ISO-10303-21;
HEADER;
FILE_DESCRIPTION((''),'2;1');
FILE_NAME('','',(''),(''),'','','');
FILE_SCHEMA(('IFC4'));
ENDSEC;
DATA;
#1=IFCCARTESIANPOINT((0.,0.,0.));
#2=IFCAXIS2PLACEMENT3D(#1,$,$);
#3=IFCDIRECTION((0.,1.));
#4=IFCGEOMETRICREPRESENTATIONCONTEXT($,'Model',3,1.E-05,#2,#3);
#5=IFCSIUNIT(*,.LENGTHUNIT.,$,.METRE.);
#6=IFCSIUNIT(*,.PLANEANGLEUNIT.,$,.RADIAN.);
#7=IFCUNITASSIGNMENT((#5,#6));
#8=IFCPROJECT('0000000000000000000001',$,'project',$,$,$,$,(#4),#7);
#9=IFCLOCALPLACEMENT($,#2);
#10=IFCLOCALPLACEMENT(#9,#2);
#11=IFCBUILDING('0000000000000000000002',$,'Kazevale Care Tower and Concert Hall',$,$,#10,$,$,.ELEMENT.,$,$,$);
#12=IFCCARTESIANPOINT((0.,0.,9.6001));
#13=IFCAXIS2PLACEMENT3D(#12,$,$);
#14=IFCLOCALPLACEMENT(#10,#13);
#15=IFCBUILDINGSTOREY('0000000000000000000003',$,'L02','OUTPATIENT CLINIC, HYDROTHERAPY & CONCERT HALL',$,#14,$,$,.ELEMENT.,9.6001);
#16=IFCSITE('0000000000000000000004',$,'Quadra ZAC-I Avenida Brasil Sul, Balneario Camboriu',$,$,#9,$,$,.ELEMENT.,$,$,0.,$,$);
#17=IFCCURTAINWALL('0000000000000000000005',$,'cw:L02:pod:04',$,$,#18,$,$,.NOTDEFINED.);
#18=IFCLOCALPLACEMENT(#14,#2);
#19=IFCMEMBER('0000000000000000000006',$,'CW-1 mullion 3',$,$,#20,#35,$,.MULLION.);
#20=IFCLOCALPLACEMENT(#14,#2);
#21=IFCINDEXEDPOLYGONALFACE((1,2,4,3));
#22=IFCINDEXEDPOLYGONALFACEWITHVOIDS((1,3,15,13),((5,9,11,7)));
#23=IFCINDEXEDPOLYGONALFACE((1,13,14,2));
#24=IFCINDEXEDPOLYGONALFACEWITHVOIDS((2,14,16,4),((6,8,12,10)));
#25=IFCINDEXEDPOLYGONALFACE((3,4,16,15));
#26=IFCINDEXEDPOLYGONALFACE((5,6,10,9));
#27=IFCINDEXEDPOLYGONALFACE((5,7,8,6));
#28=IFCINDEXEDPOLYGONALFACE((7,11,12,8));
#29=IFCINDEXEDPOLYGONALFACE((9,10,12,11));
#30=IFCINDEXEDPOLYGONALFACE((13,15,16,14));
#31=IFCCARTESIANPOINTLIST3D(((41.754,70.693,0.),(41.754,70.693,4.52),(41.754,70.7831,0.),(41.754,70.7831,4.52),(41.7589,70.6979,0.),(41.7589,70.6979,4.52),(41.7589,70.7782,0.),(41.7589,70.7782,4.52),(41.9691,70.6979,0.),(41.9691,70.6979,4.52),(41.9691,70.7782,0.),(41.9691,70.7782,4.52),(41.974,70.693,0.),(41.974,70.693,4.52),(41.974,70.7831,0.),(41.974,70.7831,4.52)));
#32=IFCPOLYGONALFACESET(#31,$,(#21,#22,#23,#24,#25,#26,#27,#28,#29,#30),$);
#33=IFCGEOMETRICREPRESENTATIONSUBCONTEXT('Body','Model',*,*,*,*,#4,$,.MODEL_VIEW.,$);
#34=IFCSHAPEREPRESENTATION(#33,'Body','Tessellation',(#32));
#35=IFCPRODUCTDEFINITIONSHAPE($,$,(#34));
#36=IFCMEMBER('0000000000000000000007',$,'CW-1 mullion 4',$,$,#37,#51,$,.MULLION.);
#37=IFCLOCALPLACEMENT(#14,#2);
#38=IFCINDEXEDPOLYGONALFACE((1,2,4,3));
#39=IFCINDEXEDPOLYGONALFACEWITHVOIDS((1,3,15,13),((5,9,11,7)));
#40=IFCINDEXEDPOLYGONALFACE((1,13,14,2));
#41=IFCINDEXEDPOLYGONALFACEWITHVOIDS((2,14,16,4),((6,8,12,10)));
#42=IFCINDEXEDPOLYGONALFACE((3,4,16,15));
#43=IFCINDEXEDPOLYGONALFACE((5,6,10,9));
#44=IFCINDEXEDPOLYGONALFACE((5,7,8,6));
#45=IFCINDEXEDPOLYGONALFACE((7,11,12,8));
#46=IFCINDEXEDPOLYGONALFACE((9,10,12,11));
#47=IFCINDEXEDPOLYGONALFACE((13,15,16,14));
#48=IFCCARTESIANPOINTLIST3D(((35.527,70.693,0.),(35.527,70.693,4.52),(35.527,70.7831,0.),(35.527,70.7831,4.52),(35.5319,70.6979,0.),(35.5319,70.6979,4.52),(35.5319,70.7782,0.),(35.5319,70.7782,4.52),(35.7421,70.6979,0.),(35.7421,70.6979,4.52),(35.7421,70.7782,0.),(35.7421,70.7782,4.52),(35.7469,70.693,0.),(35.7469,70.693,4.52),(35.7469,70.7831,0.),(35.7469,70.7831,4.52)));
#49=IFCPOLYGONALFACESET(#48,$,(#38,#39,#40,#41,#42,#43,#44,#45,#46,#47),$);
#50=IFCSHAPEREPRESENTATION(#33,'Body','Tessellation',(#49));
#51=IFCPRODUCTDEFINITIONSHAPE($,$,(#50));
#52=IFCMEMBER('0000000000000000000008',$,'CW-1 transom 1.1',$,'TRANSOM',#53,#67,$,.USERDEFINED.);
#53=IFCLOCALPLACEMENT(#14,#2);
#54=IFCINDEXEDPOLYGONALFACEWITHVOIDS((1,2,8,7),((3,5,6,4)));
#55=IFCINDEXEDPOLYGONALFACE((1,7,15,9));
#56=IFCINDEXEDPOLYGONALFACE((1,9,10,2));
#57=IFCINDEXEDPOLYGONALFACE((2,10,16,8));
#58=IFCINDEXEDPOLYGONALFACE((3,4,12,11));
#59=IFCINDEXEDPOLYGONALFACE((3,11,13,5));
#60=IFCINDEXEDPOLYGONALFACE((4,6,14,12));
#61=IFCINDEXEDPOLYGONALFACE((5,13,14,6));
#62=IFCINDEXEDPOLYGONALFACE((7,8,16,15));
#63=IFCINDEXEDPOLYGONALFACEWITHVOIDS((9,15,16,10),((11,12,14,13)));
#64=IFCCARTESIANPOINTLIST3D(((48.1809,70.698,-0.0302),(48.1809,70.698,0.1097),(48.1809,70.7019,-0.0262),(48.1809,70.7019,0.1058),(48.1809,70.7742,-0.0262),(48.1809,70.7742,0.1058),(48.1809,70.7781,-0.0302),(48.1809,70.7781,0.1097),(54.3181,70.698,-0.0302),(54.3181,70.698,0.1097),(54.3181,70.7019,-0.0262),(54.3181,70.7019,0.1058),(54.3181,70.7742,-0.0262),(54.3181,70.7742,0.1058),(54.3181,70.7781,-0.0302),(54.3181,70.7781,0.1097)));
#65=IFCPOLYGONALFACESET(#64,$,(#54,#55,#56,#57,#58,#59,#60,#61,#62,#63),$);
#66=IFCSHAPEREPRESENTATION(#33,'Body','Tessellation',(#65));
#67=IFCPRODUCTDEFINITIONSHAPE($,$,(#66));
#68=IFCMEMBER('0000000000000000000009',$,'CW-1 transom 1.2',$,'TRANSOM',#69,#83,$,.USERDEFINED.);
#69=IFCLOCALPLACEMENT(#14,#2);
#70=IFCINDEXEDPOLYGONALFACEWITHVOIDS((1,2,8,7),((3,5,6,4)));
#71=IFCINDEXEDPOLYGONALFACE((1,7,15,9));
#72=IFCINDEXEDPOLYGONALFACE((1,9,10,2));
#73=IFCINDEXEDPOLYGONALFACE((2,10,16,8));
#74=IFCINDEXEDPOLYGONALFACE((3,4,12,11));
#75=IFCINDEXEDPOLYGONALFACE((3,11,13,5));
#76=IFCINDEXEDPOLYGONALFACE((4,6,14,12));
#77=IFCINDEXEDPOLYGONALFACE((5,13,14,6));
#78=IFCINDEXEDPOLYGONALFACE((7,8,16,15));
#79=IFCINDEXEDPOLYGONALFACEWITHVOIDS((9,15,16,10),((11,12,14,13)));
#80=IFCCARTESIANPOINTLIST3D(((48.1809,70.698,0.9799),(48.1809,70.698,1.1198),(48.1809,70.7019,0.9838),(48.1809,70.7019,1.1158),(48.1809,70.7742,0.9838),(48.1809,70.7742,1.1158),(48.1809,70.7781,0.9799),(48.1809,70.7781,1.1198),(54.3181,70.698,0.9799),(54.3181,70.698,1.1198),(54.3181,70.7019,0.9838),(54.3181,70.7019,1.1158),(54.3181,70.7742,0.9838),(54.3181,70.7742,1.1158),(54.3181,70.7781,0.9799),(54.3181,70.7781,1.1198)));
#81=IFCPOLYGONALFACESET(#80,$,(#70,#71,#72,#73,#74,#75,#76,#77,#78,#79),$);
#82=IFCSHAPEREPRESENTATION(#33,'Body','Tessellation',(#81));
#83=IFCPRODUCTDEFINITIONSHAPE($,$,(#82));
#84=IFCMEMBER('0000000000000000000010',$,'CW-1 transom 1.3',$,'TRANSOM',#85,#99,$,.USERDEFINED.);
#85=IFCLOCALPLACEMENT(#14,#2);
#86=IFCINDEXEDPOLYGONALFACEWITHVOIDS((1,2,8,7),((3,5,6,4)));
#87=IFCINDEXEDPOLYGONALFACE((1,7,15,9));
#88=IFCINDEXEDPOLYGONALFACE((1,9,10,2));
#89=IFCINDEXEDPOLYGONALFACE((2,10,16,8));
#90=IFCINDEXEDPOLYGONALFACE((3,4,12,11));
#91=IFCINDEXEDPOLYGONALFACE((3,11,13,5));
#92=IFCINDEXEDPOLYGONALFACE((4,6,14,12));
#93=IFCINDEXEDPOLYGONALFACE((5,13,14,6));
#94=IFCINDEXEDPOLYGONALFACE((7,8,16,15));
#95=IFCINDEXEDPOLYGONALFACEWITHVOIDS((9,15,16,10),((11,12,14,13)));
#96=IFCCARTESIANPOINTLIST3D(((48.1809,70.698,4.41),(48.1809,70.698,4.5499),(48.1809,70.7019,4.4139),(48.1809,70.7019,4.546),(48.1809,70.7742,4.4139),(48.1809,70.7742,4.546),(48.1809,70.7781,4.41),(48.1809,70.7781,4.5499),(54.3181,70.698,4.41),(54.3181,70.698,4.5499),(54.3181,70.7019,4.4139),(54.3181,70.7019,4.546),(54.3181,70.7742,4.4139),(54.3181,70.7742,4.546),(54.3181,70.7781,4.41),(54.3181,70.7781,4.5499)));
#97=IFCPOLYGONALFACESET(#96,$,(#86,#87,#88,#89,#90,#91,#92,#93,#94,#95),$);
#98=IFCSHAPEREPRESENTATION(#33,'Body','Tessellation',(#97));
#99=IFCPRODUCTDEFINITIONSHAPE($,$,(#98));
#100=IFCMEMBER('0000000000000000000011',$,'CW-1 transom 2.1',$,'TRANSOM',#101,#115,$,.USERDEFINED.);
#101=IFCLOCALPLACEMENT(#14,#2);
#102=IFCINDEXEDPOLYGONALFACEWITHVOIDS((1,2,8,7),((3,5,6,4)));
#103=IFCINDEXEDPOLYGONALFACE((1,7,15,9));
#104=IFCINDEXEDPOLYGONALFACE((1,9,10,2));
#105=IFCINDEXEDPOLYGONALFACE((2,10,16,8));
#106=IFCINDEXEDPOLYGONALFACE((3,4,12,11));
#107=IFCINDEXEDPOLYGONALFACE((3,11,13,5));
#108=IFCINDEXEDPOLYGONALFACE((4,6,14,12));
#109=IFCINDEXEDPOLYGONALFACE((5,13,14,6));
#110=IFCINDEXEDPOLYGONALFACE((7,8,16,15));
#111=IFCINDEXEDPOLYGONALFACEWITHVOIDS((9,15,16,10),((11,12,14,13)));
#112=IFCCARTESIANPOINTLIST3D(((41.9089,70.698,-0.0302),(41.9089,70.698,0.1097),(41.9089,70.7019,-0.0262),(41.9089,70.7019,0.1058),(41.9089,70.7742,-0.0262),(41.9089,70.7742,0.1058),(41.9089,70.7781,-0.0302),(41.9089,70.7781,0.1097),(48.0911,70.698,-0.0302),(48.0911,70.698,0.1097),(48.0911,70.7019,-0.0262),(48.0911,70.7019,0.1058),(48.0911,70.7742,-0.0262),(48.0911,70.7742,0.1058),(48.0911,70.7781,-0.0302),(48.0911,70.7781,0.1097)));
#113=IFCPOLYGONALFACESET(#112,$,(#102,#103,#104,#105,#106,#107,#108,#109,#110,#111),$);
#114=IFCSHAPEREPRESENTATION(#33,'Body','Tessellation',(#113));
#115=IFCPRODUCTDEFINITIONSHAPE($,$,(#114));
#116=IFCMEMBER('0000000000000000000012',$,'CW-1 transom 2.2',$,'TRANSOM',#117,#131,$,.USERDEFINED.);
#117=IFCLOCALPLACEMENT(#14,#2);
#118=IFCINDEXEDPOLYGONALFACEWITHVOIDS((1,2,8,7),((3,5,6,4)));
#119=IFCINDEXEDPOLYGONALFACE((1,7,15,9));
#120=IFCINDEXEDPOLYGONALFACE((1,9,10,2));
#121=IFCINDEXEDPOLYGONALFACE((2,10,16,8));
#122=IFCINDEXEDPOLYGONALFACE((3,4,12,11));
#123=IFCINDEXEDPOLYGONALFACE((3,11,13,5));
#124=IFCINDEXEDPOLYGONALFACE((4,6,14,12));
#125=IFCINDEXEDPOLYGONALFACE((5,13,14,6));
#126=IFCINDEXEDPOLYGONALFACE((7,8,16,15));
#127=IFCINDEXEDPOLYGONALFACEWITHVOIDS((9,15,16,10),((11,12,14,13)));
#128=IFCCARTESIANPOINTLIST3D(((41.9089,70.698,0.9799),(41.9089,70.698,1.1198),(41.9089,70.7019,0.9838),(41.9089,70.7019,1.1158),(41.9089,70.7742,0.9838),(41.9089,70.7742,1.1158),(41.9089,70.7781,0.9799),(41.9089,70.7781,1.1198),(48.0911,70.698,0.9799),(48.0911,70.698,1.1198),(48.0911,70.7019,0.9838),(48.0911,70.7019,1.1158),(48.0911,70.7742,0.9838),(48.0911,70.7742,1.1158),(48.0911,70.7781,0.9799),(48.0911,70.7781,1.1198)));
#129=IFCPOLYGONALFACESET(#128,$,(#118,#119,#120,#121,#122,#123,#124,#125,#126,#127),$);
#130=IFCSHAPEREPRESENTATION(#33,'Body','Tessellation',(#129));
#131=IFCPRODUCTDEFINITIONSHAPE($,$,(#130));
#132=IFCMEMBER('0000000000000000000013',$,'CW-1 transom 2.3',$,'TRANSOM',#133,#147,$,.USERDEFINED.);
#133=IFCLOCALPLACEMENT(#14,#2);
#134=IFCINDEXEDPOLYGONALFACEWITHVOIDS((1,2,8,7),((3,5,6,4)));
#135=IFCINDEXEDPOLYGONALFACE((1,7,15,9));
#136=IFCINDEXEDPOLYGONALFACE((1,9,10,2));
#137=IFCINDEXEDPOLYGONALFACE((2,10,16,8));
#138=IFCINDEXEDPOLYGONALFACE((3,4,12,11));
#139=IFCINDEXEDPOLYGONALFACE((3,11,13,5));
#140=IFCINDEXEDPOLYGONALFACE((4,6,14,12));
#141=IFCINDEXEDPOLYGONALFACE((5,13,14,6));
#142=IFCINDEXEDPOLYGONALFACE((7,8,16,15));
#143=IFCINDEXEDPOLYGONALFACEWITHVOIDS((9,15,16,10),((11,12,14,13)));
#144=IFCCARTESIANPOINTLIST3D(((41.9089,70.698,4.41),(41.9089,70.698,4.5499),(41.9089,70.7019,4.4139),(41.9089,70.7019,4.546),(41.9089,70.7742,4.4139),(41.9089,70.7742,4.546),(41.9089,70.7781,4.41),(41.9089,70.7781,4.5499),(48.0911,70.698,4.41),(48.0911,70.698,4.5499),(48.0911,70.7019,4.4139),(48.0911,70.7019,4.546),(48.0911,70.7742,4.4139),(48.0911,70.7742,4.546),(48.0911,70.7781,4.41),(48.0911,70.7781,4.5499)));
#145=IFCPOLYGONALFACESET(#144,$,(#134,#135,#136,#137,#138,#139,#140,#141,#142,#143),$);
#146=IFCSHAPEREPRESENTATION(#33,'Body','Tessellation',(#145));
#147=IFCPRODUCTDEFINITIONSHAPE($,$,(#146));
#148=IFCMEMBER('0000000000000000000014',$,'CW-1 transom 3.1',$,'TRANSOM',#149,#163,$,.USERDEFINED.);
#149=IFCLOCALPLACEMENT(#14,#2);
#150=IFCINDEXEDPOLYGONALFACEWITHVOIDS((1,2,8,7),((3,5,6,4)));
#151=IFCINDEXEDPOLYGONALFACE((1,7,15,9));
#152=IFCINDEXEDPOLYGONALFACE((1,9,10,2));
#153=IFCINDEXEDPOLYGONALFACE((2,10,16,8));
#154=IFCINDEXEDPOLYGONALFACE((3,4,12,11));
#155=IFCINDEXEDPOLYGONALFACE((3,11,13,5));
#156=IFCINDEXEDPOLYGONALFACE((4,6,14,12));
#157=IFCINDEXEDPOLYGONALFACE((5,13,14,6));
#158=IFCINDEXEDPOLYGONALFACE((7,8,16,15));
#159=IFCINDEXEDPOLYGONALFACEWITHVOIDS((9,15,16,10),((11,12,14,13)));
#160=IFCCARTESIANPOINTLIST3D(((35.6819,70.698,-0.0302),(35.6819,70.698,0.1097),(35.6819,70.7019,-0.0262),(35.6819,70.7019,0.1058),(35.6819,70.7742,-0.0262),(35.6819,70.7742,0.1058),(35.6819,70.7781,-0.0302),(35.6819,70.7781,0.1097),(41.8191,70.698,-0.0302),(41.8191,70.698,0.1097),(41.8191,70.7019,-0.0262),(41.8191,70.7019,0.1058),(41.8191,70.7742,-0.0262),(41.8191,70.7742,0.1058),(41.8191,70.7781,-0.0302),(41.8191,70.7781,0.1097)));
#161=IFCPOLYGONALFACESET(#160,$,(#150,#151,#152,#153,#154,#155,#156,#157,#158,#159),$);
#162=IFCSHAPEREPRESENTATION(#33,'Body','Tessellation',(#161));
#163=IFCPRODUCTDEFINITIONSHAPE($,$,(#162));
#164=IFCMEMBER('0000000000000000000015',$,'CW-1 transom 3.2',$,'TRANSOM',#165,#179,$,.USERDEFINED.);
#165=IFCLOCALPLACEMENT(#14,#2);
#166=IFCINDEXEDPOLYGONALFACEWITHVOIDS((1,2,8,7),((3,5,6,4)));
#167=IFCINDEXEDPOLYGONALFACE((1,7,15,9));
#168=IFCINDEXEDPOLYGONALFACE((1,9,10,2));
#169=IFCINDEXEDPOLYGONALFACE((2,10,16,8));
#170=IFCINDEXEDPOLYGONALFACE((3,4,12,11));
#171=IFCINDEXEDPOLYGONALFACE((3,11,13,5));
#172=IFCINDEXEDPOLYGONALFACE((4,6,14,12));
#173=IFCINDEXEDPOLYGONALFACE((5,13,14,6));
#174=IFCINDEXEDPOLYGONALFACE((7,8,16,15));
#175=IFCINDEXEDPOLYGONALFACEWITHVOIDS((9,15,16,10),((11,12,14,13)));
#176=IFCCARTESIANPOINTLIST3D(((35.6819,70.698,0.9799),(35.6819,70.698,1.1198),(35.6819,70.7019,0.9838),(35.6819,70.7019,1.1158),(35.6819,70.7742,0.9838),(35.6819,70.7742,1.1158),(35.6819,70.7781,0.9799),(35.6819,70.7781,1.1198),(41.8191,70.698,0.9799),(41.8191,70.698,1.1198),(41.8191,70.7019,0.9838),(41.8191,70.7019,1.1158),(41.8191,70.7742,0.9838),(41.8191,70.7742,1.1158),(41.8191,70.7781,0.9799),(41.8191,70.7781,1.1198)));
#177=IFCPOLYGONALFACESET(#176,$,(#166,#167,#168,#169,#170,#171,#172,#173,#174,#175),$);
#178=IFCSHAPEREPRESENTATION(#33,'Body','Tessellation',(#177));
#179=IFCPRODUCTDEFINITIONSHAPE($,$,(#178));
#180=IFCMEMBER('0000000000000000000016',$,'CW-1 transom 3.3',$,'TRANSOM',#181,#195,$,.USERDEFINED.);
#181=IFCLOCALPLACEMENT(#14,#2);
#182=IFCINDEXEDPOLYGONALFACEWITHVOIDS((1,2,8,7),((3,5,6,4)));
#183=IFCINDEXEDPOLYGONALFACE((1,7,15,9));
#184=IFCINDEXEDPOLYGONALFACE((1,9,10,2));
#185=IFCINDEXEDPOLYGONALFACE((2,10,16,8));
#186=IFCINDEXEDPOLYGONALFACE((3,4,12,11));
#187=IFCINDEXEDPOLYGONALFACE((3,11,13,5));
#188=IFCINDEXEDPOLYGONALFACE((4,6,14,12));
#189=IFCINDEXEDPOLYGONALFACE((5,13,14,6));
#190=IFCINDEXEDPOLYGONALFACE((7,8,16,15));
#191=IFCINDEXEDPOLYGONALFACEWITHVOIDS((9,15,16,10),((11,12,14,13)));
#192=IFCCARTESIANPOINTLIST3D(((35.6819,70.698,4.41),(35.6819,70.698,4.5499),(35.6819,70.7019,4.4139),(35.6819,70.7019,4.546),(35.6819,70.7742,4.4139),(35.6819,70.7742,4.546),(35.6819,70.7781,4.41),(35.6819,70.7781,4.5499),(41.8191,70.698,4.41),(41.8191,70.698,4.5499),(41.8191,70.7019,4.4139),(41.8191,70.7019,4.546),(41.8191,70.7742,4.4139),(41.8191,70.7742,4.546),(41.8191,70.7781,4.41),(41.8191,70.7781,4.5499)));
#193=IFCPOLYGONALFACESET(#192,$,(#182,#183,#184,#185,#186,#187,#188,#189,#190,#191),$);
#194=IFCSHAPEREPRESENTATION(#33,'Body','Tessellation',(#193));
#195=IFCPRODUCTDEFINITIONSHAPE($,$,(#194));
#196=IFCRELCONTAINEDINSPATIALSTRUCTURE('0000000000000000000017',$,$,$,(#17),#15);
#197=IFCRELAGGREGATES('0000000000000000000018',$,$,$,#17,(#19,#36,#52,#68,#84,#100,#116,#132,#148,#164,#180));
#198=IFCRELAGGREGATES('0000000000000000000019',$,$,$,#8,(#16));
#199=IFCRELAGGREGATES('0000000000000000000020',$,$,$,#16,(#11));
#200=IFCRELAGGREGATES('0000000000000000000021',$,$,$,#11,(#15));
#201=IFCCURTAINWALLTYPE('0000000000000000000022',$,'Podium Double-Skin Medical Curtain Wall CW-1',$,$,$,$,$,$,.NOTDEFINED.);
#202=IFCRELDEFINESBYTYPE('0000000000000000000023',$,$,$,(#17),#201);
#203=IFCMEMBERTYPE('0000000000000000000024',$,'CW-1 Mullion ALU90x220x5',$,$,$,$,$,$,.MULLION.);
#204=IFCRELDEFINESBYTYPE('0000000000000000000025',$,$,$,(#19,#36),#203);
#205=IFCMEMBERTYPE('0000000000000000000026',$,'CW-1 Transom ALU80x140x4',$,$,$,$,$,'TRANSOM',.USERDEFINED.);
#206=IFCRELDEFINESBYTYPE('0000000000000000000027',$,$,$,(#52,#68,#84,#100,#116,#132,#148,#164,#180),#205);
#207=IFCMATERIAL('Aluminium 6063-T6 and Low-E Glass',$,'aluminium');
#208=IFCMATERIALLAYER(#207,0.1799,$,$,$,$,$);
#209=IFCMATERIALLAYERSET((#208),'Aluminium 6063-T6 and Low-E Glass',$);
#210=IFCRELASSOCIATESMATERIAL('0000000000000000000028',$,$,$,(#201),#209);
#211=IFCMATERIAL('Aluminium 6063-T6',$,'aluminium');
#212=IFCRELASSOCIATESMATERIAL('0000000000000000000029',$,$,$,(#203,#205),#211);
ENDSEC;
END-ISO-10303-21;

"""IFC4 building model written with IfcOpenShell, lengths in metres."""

from ifc_helpers import new_model, si_unit, direction, frame, origin, origin_2d, place, context, subcontext, project, spatial, hollow_rectangle, extrude, material, layer, layer_set, material_profile, profile_set, type_object, element, aggregate, save


model = new_model("IFC4")

# Units and contexts
model_context = context("Model", 3, precision=1e-05, world=origin(), true_north=direction((0.0, 1.0)))
body_context = subcontext(model_context, "Body", "Model", "MODEL_VIEW")
ifc_project = project(units=[si_unit("LENGTHUNIT", "METRE"), si_unit("PLANEANGLEUNIT", "RADIAN")], contexts=[model_context])

# Site, building, storey
site_placement = place(None, origin())
site = spatial("IfcSite", under=ifc_project, at=site_placement, Name="Quadra ZAC-I Avenida Brasil Sul, Balneario Camboriu", CompositionType="ELEMENT", RefElevation=0.0)
building_placement = place(site_placement, origin())
building = spatial("IfcBuilding", under=site, at=building_placement, Name="Kazevale Care Tower and Concert Hall", CompositionType="ELEMENT")
storey_placement = place(building_placement, frame((0.0, 0.0, 9.6001)))
storey = spatial("IfcBuildingStorey", under=building, at=storey_placement, Name="L02", Description="OUTPATIENT CLINIC, HYDROTHERAPY & CONCERT HALL", CompositionType="ELEMENT", Elevation=9.6001)

# Curtain wall, members
ifc_material_1 = material(Name="Aluminium 6063-T6 and Low-E Glass", Category="aluminium")
ifc_layer_1 = layer(ifc_material_1, 0.1799)
ifc_layer_set_1 = layer_set([ifc_layer_1], Name="Aluminium 6063-T6 and Low-E Glass")
curtain_wall_type = type_object("IfcCurtainWallType", Name="Podium Double-Skin Medical Curtain Wall CW-1", PredefinedType="NOTDEFINED", material=ifc_layer_set_1)
curtain_wall_placement = place(storey_placement, origin())
curtain_wall = element("IfcCurtainWall", 1, at=curtain_wall_placement, inside=storey, type_object=curtain_wall_type, Name="cw:L02:pod:04", PredefinedType="NOTDEFINED")
ifc_material_2 = material(Name="Aluminium 6063-T6", Category="aluminium")
ifc_material_profile_1 = material_profile(ifc_material_2, hollow_rectangle(XDim=0.0901, YDim=0.22, WallThickness=0.0049, at=origin_2d()), Name="ALU90x220x5")
ifc_profile_set_1 = profile_set([ifc_material_profile_1], Name="Aluminium 6063-T6")
member_type_1 = type_object("IfcMemberType", Name="CW-1 Mullion ALU90x220x5", PredefinedType="MULLION", material=ifc_profile_set_1)
member_1_placement = place(storey_placement, frame((41.864, 70.738, 0.0), z_axis=(0.0, 0.0, 1.0), x_axis=(0.0, -1.0, 0.0)))
member_1 = element("IfcMember", 2, at=member_1_placement, type_object=member_type_1, Name="CW-1 mullion 3", PredefinedType="MULLION", context=body_context, shape_type="SweptSolid", body=[
    extrude(hollow_rectangle(XDim=0.0901, YDim=0.22, WallThickness=0.0049, at=origin_2d()), origin(), (0.0, 0.0, 1.0), 4.52),
])
member_2_placement = place(storey_placement, frame((35.637, 70.738, 0.0), z_axis=(0.0, 0.0, 1.0), x_axis=(0.0, -1.0, 0.0)))
member_2 = element("IfcMember", 3, at=member_2_placement, type_object=member_type_1, Name="CW-1 mullion 4", PredefinedType="MULLION", context=body_context, shape_type="SweptSolid", body=[
    extrude(hollow_rectangle(XDim=0.0901, YDim=0.22, WallThickness=0.0049, at=origin_2d()), origin(), (0.0, 0.0, 1.0), 4.52),
])
ifc_material_profile_2 = material_profile(ifc_material_2, hollow_rectangle(XDim=0.0801, YDim=0.1399, WallThickness=0.0039, at=origin_2d()), Name="ALU80x140x4")
ifc_profile_set_2 = profile_set([ifc_material_profile_2], Name="Aluminium 6063-T6")
member_type_2 = type_object("IfcMemberType", Name="CW-1 Transom ALU80x140x4", ElementType="TRANSOM", PredefinedType="USERDEFINED", material=ifc_profile_set_2)
member_3_placement = place(storey_placement, frame((54.3181, 70.738, 0.0398), z_axis=(-1.0, 0.0, 0.0), x_axis=(0.0, -1.0, 0.0)))
member_3 = element("IfcMember", 4, at=member_3_placement, type_object=member_type_2, Name="CW-1 transom 1.1", ObjectType="TRANSOM", PredefinedType="USERDEFINED", context=body_context, shape_type="SweptSolid", body=[
    extrude(hollow_rectangle(XDim=0.0801, YDim=0.1399, WallThickness=0.0039, at=origin_2d()), origin(), (0.0, 0.0, 1.0), 6.1372),
])
member_4_placement = place(storey_placement, frame((54.3181, 70.738, 1.0498), z_axis=(-1.0, 0.0, 0.0), x_axis=(0.0, -1.0, 0.0)))
member_4 = element("IfcMember", 5, at=member_4_placement, type_object=member_type_2, Name="CW-1 transom 1.2", ObjectType="TRANSOM", PredefinedType="USERDEFINED", context=body_context, shape_type="SweptSolid", body=[
    extrude(hollow_rectangle(XDim=0.0801, YDim=0.1399, WallThickness=0.0039, at=origin_2d()), origin(), (0.0, 0.0, 1.0), 6.1372),
])
member_5_placement = place(storey_placement, frame((54.3181, 70.738, 4.48), z_axis=(-1.0, 0.0, 0.0), x_axis=(0.0, -1.0, 0.0)))
member_5 = element("IfcMember", 6, at=member_5_placement, type_object=member_type_2, Name="CW-1 transom 1.3", ObjectType="TRANSOM", PredefinedType="USERDEFINED", context=body_context, shape_type="SweptSolid", body=[
    extrude(hollow_rectangle(XDim=0.0801, YDim=0.1399, WallThickness=0.0039, at=origin_2d()), origin(), (0.0, 0.0, 1.0), 6.1372),
])
member_6_placement = place(storey_placement, frame((48.0911, 70.738, 0.0398), z_axis=(-1.0, 0.0, 0.0), x_axis=(0.0, -1.0, 0.0)))
member_6 = element("IfcMember", 7, at=member_6_placement, type_object=member_type_2, Name="CW-1 transom 2.1", ObjectType="TRANSOM", PredefinedType="USERDEFINED", context=body_context, shape_type="SweptSolid", body=[
    extrude(hollow_rectangle(XDim=0.0801, YDim=0.1399, WallThickness=0.0039, at=origin_2d()), origin(), (0.0, 0.0, 1.0), 6.1821),
])
member_7_placement = place(storey_placement, frame((48.0911, 70.738, 1.0498), z_axis=(-1.0, 0.0, 0.0), x_axis=(0.0, -1.0, 0.0)))
member_7 = element("IfcMember", 8, at=member_7_placement, type_object=member_type_2, Name="CW-1 transom 2.2", ObjectType="TRANSOM", PredefinedType="USERDEFINED", context=body_context, shape_type="SweptSolid", body=[
    extrude(hollow_rectangle(XDim=0.0801, YDim=0.1399, WallThickness=0.0039, at=origin_2d()), origin(), (0.0, 0.0, 1.0), 6.1821),
])
member_8_placement = place(storey_placement, frame((48.0911, 70.738, 4.48), z_axis=(-1.0, 0.0, 0.0), x_axis=(0.0, -1.0, 0.0)))
member_8 = element("IfcMember", 9, at=member_8_placement, type_object=member_type_2, Name="CW-1 transom 2.3", ObjectType="TRANSOM", PredefinedType="USERDEFINED", context=body_context, shape_type="SweptSolid", body=[
    extrude(hollow_rectangle(XDim=0.0801, YDim=0.1399, WallThickness=0.0039, at=origin_2d()), origin(), (0.0, 0.0, 1.0), 6.1821),
])
member_9_placement = place(storey_placement, frame((41.8191, 70.738, 0.0398), z_axis=(-1.0, 0.0, 0.0), x_axis=(0.0, -1.0, 0.0)))
member_9 = element("IfcMember", 10, at=member_9_placement, type_object=member_type_2, Name="CW-1 transom 3.1", ObjectType="TRANSOM", PredefinedType="USERDEFINED", context=body_context, shape_type="SweptSolid", body=[
    extrude(hollow_rectangle(XDim=0.0801, YDim=0.1399, WallThickness=0.0039, at=origin_2d()), origin(), (0.0, 0.0, 1.0), 6.1372),
])
member_10_placement = place(storey_placement, frame((41.8191, 70.738, 1.0498), z_axis=(-1.0, 0.0, 0.0), x_axis=(0.0, -1.0, 0.0)))
member_10 = element("IfcMember", 11, at=member_10_placement, type_object=member_type_2, Name="CW-1 transom 3.2", ObjectType="TRANSOM", PredefinedType="USERDEFINED", context=body_context, shape_type="SweptSolid", body=[
    extrude(hollow_rectangle(XDim=0.0801, YDim=0.1399, WallThickness=0.0039, at=origin_2d()), origin(), (0.0, 0.0, 1.0), 6.1372),
])
member_11_placement = place(storey_placement, frame((41.8191, 70.738, 4.48), z_axis=(-1.0, 0.0, 0.0), x_axis=(0.0, -1.0, 0.0)))
member_11 = element("IfcMember", 12, at=member_11_placement, type_object=member_type_2, Name="CW-1 transom 3.3", ObjectType="TRANSOM", PredefinedType="USERDEFINED", context=body_context, shape_type="SweptSolid", body=[
    extrude(hollow_rectangle(XDim=0.0801, YDim=0.1399, WallThickness=0.0039, at=origin_2d()), origin(), (0.0, 0.0, 1.0), 6.1372),
])

aggregate(curtain_wall, [member_1, member_2, member_3, member_4, member_5, member_6, member_7, member_8, member_9, member_10, member_11])

save(model, "model.ifc")
